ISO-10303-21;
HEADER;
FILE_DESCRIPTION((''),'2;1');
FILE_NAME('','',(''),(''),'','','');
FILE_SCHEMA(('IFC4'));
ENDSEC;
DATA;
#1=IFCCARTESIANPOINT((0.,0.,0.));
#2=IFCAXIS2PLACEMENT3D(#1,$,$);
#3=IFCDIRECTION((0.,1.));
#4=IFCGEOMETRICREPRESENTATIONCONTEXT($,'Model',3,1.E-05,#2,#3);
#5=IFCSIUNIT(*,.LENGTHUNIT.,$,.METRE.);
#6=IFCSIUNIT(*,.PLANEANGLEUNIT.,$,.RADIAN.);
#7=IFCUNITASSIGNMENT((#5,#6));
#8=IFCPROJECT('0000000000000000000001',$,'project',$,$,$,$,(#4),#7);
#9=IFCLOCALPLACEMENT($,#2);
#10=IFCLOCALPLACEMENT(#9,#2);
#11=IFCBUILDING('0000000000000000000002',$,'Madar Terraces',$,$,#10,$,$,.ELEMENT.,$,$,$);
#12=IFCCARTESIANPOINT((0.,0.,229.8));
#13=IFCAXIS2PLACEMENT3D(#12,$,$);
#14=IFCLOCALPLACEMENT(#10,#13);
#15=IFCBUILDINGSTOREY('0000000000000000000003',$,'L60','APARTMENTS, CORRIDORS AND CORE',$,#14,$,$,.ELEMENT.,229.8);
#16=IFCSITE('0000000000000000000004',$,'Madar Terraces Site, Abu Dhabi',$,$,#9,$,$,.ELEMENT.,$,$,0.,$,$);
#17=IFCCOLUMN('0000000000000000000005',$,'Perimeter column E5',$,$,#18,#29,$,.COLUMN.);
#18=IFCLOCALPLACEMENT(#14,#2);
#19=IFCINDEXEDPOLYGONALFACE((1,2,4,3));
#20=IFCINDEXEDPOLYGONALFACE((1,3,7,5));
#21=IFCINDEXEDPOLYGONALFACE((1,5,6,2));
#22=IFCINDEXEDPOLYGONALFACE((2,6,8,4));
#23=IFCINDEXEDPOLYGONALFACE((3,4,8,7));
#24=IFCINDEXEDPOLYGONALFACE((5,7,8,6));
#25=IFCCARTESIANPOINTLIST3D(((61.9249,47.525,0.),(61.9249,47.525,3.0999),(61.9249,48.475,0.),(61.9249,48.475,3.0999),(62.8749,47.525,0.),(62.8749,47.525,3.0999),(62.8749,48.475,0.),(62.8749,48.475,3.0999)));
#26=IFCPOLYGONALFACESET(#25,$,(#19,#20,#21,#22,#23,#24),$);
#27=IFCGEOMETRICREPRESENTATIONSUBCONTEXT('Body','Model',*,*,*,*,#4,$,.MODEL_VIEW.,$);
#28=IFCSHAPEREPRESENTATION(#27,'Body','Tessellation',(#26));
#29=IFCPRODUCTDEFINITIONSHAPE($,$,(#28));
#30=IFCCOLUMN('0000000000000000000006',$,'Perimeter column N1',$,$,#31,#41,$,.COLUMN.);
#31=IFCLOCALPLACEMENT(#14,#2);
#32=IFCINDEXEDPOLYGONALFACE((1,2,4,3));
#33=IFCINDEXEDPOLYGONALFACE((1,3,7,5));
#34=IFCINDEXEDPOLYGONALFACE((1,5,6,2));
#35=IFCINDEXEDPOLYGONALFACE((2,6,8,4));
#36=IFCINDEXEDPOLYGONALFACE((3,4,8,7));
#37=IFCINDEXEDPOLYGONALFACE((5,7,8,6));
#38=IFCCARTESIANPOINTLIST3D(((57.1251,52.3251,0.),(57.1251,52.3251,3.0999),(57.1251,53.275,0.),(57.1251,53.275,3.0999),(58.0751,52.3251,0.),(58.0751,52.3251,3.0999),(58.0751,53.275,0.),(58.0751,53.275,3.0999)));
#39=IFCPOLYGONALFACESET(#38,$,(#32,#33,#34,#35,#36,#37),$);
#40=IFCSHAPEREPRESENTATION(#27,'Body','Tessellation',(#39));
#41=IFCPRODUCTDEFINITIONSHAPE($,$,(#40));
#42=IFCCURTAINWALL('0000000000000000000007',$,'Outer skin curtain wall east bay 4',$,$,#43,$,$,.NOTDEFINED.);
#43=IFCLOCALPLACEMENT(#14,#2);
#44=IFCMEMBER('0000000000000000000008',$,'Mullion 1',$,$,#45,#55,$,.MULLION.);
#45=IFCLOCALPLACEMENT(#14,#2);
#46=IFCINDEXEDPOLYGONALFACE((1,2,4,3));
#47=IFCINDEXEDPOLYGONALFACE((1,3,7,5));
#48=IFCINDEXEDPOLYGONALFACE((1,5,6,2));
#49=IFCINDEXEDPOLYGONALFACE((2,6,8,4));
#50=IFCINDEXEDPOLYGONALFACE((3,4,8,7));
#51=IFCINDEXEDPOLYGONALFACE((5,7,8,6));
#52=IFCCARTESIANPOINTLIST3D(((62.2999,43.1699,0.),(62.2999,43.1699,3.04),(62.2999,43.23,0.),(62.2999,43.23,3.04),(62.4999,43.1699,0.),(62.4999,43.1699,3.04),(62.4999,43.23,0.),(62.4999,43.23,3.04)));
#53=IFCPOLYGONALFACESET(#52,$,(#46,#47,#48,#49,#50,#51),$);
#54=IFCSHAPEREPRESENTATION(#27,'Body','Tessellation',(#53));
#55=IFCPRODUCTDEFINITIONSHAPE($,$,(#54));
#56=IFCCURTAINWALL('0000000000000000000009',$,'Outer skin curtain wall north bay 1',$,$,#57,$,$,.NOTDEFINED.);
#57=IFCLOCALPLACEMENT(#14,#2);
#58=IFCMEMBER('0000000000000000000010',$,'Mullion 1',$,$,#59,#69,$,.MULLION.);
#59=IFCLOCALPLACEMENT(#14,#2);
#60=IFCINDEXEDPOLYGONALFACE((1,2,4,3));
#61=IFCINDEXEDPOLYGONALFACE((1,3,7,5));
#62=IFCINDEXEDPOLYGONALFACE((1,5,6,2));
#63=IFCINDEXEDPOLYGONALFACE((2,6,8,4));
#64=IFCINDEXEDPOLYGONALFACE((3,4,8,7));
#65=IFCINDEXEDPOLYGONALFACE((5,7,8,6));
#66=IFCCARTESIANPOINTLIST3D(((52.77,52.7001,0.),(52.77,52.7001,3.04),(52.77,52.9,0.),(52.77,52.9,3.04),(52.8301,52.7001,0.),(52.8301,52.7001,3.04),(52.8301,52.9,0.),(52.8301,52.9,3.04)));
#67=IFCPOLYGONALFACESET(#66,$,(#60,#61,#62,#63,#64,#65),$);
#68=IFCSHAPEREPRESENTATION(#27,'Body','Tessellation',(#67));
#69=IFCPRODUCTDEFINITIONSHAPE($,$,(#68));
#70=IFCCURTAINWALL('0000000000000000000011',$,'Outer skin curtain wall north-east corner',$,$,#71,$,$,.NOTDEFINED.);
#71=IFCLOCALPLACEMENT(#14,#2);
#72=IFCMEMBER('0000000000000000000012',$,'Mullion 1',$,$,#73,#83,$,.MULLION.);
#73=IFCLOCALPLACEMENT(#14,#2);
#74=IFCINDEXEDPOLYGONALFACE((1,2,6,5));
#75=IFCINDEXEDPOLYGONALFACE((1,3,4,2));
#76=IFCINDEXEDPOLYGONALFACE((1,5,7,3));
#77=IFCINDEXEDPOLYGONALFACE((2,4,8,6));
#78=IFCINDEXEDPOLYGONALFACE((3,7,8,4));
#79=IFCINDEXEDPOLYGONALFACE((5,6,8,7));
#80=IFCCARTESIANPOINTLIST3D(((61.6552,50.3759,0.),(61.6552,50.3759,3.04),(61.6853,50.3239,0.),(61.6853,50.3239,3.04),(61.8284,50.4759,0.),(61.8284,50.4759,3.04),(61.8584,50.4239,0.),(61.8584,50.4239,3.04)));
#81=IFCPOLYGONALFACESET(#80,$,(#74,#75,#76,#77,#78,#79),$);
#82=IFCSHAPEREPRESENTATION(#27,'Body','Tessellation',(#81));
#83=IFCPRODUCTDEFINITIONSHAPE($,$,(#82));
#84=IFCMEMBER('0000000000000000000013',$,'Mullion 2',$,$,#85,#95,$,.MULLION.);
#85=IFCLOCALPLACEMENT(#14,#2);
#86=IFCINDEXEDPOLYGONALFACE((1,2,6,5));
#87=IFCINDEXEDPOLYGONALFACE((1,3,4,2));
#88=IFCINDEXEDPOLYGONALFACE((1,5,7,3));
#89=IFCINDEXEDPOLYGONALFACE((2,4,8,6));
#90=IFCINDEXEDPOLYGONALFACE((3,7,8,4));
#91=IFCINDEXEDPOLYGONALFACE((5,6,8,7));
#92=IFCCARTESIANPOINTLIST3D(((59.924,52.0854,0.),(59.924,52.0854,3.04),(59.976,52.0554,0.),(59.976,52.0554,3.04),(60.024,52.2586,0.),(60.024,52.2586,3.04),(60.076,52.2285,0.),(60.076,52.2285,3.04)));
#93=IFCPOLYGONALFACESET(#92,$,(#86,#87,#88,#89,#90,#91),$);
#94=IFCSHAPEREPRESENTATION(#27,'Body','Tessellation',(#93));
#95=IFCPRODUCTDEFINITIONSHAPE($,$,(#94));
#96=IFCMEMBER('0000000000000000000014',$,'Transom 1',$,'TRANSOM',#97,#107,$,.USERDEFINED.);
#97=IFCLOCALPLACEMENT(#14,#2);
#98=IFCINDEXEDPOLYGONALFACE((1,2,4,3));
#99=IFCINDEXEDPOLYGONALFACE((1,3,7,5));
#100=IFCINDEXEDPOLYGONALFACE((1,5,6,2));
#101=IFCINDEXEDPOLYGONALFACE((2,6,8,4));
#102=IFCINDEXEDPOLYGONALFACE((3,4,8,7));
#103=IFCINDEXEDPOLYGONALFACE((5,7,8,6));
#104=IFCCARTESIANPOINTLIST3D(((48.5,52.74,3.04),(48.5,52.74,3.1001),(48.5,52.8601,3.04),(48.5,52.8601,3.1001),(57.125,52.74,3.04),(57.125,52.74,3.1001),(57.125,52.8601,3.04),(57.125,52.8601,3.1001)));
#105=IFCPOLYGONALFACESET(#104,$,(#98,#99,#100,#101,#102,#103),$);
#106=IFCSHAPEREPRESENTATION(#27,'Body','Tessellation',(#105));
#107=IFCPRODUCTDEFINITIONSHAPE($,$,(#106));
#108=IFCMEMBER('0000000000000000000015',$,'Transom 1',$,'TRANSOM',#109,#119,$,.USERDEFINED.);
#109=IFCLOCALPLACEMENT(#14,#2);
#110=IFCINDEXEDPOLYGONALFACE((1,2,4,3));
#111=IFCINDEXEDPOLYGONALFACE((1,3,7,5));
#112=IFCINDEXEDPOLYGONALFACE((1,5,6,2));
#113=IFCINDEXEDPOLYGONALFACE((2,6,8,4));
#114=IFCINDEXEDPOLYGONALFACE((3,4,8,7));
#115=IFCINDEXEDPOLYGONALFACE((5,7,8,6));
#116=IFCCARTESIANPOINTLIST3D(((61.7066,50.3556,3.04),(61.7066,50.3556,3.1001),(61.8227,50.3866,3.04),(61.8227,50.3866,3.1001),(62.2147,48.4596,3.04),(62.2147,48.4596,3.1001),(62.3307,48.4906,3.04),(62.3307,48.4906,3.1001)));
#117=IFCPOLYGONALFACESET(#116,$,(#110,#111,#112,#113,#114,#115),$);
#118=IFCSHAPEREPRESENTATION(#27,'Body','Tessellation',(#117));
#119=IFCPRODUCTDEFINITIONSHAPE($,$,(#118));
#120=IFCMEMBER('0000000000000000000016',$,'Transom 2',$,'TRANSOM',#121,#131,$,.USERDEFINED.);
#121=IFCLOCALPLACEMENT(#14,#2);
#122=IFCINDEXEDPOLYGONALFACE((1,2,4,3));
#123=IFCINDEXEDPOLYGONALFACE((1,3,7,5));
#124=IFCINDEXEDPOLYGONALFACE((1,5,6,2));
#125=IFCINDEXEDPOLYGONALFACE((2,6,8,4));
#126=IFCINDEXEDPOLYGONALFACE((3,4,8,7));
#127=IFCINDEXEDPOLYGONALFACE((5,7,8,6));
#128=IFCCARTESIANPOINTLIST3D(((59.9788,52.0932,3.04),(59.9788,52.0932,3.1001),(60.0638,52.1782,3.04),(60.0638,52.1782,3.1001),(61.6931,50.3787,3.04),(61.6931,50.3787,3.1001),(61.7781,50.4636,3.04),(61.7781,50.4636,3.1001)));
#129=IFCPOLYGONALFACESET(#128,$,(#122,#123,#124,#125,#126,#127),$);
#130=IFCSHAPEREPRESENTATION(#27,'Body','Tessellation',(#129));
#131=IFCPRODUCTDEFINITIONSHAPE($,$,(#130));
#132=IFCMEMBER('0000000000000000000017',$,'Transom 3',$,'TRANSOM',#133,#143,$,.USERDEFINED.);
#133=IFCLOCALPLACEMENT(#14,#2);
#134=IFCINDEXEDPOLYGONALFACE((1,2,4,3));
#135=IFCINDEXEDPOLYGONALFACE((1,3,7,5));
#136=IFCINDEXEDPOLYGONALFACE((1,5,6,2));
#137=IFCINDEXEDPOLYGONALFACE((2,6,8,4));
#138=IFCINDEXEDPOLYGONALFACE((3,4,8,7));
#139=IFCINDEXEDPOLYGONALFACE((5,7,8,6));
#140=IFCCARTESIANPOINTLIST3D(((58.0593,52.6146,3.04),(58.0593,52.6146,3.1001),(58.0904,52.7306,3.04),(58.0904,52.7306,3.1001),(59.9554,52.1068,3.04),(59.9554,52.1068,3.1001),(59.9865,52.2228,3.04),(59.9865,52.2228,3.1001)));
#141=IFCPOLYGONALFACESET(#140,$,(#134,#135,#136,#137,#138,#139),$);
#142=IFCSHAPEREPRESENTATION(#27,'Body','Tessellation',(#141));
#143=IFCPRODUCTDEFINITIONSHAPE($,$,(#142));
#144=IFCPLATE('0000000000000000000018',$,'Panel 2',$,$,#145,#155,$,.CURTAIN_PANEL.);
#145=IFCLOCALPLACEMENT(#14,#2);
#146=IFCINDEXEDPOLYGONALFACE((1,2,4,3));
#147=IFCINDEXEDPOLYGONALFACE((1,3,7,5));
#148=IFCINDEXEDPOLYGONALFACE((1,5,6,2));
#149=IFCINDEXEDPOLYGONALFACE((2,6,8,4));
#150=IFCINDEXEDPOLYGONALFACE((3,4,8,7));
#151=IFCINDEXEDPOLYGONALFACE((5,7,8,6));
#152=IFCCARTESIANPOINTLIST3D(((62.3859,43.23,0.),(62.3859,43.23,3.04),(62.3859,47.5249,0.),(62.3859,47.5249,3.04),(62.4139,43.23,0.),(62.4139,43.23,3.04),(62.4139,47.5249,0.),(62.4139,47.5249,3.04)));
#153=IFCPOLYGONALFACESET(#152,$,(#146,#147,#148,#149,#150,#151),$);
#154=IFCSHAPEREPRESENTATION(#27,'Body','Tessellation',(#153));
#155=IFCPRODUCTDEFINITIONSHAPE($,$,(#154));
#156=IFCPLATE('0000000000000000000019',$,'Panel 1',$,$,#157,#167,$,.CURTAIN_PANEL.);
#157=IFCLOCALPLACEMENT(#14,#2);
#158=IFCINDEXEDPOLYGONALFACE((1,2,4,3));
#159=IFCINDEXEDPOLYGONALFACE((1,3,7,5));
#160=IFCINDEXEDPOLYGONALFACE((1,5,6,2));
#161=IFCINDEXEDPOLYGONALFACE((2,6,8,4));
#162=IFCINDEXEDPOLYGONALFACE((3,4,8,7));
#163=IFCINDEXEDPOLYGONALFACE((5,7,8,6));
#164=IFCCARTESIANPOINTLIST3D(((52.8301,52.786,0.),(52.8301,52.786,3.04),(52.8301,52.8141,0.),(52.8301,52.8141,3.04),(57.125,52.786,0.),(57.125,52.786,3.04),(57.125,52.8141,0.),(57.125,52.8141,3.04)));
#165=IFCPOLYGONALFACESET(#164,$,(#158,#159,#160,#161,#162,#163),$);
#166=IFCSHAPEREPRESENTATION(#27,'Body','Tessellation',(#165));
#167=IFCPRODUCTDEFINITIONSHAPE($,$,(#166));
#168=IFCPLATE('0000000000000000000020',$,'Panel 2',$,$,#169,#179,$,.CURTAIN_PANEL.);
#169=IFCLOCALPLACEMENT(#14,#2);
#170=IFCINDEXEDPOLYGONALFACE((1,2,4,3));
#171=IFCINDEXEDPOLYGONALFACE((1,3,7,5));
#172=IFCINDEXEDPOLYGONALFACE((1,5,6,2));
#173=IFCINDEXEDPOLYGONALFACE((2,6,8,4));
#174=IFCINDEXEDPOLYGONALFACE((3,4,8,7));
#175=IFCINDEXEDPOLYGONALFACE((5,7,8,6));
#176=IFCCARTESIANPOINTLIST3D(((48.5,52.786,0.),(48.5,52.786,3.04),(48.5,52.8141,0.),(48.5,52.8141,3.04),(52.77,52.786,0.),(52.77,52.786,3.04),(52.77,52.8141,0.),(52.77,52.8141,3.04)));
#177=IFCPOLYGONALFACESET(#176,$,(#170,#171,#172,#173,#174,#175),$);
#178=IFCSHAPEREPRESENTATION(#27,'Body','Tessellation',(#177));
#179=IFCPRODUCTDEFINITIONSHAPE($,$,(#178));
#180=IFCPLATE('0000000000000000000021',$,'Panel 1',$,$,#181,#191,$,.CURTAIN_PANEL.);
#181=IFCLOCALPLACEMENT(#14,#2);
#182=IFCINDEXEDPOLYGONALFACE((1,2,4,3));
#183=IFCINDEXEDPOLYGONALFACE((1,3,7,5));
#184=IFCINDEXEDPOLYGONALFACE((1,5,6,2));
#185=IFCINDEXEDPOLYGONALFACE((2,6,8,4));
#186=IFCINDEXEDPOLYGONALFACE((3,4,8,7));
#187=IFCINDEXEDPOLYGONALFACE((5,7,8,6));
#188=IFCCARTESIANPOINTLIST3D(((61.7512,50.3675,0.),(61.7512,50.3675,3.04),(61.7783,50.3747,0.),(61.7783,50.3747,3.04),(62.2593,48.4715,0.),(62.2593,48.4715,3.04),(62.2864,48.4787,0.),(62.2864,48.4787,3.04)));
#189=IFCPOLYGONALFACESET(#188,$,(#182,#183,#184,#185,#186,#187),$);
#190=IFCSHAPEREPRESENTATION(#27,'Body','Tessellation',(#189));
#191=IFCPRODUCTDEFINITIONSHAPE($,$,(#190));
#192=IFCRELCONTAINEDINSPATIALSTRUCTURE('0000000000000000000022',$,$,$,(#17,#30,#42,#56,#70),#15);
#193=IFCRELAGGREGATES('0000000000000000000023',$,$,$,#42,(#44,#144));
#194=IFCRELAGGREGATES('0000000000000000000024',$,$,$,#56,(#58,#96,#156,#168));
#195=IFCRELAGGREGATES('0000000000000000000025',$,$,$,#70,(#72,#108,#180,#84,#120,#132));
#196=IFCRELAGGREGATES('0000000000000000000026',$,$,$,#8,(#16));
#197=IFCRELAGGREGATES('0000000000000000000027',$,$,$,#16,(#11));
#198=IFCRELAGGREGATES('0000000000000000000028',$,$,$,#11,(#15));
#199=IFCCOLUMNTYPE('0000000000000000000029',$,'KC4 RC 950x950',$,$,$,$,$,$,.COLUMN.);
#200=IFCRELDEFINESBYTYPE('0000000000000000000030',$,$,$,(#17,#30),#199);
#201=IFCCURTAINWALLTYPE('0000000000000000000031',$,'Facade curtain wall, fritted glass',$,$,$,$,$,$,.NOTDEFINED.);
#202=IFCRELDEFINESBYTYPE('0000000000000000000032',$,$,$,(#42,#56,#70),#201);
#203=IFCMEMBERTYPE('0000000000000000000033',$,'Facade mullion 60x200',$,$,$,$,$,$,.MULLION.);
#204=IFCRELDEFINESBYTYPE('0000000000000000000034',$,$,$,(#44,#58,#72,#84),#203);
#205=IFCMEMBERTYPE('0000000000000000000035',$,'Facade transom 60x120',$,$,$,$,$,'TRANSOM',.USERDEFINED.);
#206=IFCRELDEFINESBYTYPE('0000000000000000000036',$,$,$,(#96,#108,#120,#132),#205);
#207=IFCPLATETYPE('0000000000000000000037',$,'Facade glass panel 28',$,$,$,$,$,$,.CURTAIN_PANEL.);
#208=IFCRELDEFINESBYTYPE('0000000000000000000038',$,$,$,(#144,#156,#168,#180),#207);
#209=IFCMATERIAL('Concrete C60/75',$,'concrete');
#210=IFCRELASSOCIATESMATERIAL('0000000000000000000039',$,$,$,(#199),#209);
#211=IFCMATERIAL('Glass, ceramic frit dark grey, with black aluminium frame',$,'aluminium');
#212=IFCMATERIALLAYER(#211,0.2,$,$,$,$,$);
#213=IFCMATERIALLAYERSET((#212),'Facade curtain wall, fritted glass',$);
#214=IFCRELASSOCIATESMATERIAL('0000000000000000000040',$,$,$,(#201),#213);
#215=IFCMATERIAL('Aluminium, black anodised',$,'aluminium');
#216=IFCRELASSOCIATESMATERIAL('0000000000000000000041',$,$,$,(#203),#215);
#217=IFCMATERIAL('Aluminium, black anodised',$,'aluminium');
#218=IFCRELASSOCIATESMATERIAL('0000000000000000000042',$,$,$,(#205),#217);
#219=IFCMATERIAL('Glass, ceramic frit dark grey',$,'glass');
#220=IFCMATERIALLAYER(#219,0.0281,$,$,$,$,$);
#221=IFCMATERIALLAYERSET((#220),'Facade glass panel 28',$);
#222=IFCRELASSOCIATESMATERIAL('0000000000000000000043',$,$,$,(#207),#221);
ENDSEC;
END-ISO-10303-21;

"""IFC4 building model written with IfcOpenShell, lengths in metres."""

from ifc_helpers import new_model, si_unit, direction, frame, origin, origin_2d, place, context, subcontext, project, spatial, rectangle, extrude, material, layer, layer_set, material_profile, profile_set, type_object, element, aggregate, save


model = new_model("IFC4")

# Units and contexts
model_context = context("Model", 3, precision=1e-05, world=origin(), true_north=direction((0.0, 1.0)))
body_context = subcontext(model_context, "Body", "Model", "MODEL_VIEW")
ifc_project = project(units=[si_unit("LENGTHUNIT", "METRE"), si_unit("PLANEANGLEUNIT", "RADIAN")], contexts=[model_context])

# Site, building, storey
site_placement = place(None, origin())
site = spatial("IfcSite", under=ifc_project, at=site_placement, Name="Madar Terraces Site, Abu Dhabi", CompositionType="ELEMENT", RefElevation=0.0)
building_placement = place(site_placement, origin())
building = spatial("IfcBuilding", under=site, at=building_placement, Name="Madar Terraces", CompositionType="ELEMENT")
storey_placement = place(building_placement, frame((0.0, 0.0, 229.8)))
storey = spatial("IfcBuildingStorey", under=building, at=storey_placement, Name="L60", Description="APARTMENTS, CORRIDORS AND CORE", CompositionType="ELEMENT", Elevation=229.8)

# Columns
ifc_material_1 = material(Name="Concrete C60/75", Category="concrete")
ifc_material_profile_1 = material_profile(ifc_material_1, rectangle(XDim=0.95, YDim=0.95, at=origin_2d()), Name="KC4 RC 950x950")
ifc_profile_set_1 = profile_set([ifc_material_profile_1], Name="Concrete C60/75")
column_type = type_object("IfcColumnType", Name="KC4 RC 950x950", PredefinedType="COLUMN", material=ifc_profile_set_1)
for number, where, z_axis, x_axis, name in (
    (1, (62.3999, 48.0, 0.0), (0.0, 0.0, 1.0), (1.0, 0.0, 0.0), "Perimeter column E5"),
    (2, (57.6001, 52.8, 0.0), (0.0, 0.0, 1.0), (1.0, 0.0, 0.0), "Perimeter column N1"),
):
    element("IfcColumn", number, at=place(storey_placement, frame(where, z_axis=z_axis, x_axis=x_axis)), inside=storey, type_object=column_type, Name=name, PredefinedType="COLUMN", context=body_context, shape_type="SweptSolid", body=[
        extrude(rectangle(XDim=0.95, YDim=0.95, at=origin_2d()), origin(), (0.0, 0.0, 1.0), 3.0999),
    ])

# Curtain walls, members
ifc_material_2 = material(Name="Glass, ceramic frit dark grey, with black aluminium frame", Category="aluminium")
ifc_layer_1 = layer(ifc_material_2, 0.2)
ifc_layer_set_1 = layer_set([ifc_layer_1], Name="Facade curtain wall, fritted glass")
curtain_wall_type = type_object("IfcCurtainWallType", Name="Facade curtain wall, fritted glass", PredefinedType="NOTDEFINED", material=ifc_layer_set_1)
curtain_wall_1_placement = place(storey_placement, origin())
curtain_wall_1 = element("IfcCurtainWall", 3, at=curtain_wall_1_placement, inside=storey, type_object=curtain_wall_type, Name="Outer skin curtain wall east bay 4", PredefinedType="NOTDEFINED")
ifc_material_3 = material(Name="Aluminium, black anodised", Category="aluminium")
ifc_material_profile_2 = material_profile(ifc_material_3, rectangle(XDim=0.2, YDim=0.0601, at=origin_2d()), Name="Facade mullion 60x200")
ifc_profile_set_2 = profile_set([ifc_material_profile_2], Name="Aluminium, black anodised")
member_type_1 = type_object("IfcMemberType", Name="Facade mullion 60x200", PredefinedType="MULLION", material=ifc_profile_set_2)
member_1_placement = place(storey_placement, frame((62.3999, 43.2, 0.0), z_axis=(0.0, 0.0, 1.0), x_axis=(-1.0, 0.0, 0.0)))
member_1 = element("IfcMember", 4, at=member_1_placement, type_object=member_type_1, Name="Mullion 1", PredefinedType="MULLION", context=body_context, shape_type="SweptSolid", body=[
    extrude(rectangle(XDim=0.2, YDim=0.0601, at=origin_2d()), origin(), (0.0, 0.0, 1.0), 3.04),
])
curtain_wall_2_placement = place(storey_placement, origin())
curtain_wall_2 = element("IfcCurtainWall", 5, at=curtain_wall_2_placement, inside=storey, type_object=curtain_wall_type, Name="Outer skin curtain wall north bay 1", PredefinedType="NOTDEFINED")
member_2_placement = place(storey_placement, frame((52.8, 52.8, 0.0), z_axis=(0.0, 0.0, 1.0), x_axis=(0.0, -1.0, 0.0)))
member_2 = element("IfcMember", 6, at=member_2_placement, type_object=member_type_1, Name="Mullion 1", PredefinedType="MULLION", context=body_context, shape_type="SweptSolid", body=[
    extrude(rectangle(XDim=0.2, YDim=0.0601, at=origin_2d()), origin(), (0.0, 0.0, 1.0), 3.04),
])

# Curtain wall, members
curtain_wall_3_placement = place(storey_placement, origin())
curtain_wall_3 = element("IfcCurtainWall", 7, at=curtain_wall_3_placement, inside=storey, type_object=curtain_wall_type, Name="Outer skin curtain wall north-east corner", PredefinedType="NOTDEFINED")
member_3_placement = place(storey_placement, frame((61.7568, 50.3999, 0.0), z_axis=(0.0, 0.0, 1.0), x_axis=(-0.866025, -0.5, 0.0)))
member_3 = element("IfcMember", 8, at=member_3_placement, type_object=member_type_1, Name="Mullion 1", PredefinedType="MULLION", context=body_context, shape_type="SweptSolid", body=[
    extrude(rectangle(XDim=0.2, YDim=0.0601, at=origin_2d()), origin(), (0.0, 0.0, 1.0), 3.04),
])
member_4_placement = place(storey_placement, frame((60.0, 52.157, 0.0), z_axis=(0.0, 0.0, 1.0), x_axis=(-0.5, -0.866025, 0.0)))
member_4 = element("IfcMember", 9, at=member_4_placement, type_object=member_type_1, Name="Mullion 2", PredefinedType="MULLION", context=body_context, shape_type="SweptSolid", body=[
    extrude(rectangle(XDim=0.2, YDim=0.0601, at=origin_2d()), origin(), (0.0, 0.0, 1.0), 3.04),
])

# Members
ifc_material_4 = material(Name="Aluminium, black anodised", Category="aluminium")
ifc_material_profile_3 = material_profile(ifc_material_4, rectangle(XDim=0.1201, YDim=0.0601, at=origin_2d()), Name="Facade transom 60x120")
ifc_profile_set_3 = profile_set([ifc_material_profile_3], Name="Aluminium, black anodised")
member_type_2 = type_object("IfcMemberType", Name="Facade transom 60x120", ElementType="TRANSOM", PredefinedType="USERDEFINED", material=ifc_profile_set_3)
member_5_placement = place(storey_placement, frame((57.125, 52.8, 3.0701), z_axis=(-1.0, 0.0, 0.0), x_axis=(0.0, -1.0, 0.0)))
member_5 = element("IfcMember", 10, at=member_5_placement, type_object=member_type_2, Name="Transom 1", ObjectType="TRANSOM", PredefinedType="USERDEFINED", context=body_context, shape_type="SweptSolid", body=[
    extrude(rectangle(XDim=0.1201, YDim=0.0601, at=origin_2d()), origin(), (0.0, 0.0, 1.0), 8.625),
])
member_6_placement = place(storey_placement, frame((62.2727, 48.4751, 3.0701), z_axis=(-0.258831, 0.965923, 0.0), x_axis=(-0.965923, -0.258831, 0.0)))
member_6 = element("IfcMember", 11, at=member_6_placement, type_object=member_type_2, Name="Transom 1", ObjectType="TRANSOM", PredefinedType="USERDEFINED", context=body_context, shape_type="SweptSolid", body=[
    extrude(rectangle(XDim=0.1201, YDim=0.0601, at=origin_2d()), origin(), (0.0, 0.0, 1.0), 1.9629),
])
member_7_placement = place(storey_placement, frame((61.7356, 50.4211, 3.0701), z_axis=(-0.707056, 0.707157, 0.0), x_axis=(-0.707157, -0.707056, 0.0)))
member_7 = element("IfcMember", 12, at=member_7_placement, type_object=member_type_2, Name="Transom 2", ObjectType="TRANSOM", PredefinedType="USERDEFINED", context=body_context, shape_type="SweptSolid", body=[
    extrude(rectangle(XDim=0.1201, YDim=0.0601, at=origin_2d()), origin(), (0.0, 0.0, 1.0), 2.4246),
])
member_8_placement = place(storey_placement, frame((59.9709, 52.1648, 3.0701), z_axis=(-0.965954, 0.258715, 0.0), x_axis=(-0.258715, -0.965954, 0.0)))
member_8 = element("IfcMember", 13, at=member_8_placement, type_object=member_type_2, Name="Transom 3", ObjectType="TRANSOM", PredefinedType="USERDEFINED", context=body_context, shape_type="SweptSolid", body=[
    extrude(rectangle(XDim=0.1201, YDim=0.0601, at=origin_2d()), origin(), (0.0, 0.0, 1.0), 1.9629),
])

# Plates
ifc_material_5 = material(Name="Glass, ceramic frit dark grey", Category="glass")
ifc_layer_2 = layer(ifc_material_5, 0.0281)
ifc_layer_set_2 = layer_set([ifc_layer_2], Name="Facade glass panel 28")
plate_type = type_object("IfcPlateType", Name="Facade glass panel 28", PredefinedType="CURTAIN_PANEL", material=ifc_layer_set_2)
plate_1_placement = place(storey_placement, frame((62.3999, 45.3774, 0.0), z_axis=(0.0, 0.0, 1.0), x_axis=(0.0, 1.0, 0.0)))
plate_1 = element("IfcPlate", 14, at=plate_1_placement, type_object=plate_type, Name="Panel 2", PredefinedType="CURTAIN_PANEL", context=body_context, shape_type="SweptSolid", body=[
    extrude(rectangle(XDim=4.2949, YDim=0.0281, at=origin_2d()), origin(), (0.0, 0.0, 1.0), 3.04),
])
aggregate(curtain_wall_1, [member_1, plate_1])
plate_2_placement = place(storey_placement, frame((54.9775, 52.8, 0.0), z_axis=(0.0, 0.0, 1.0), x_axis=(-1.0, 0.0, 0.0)))
plate_2 = element("IfcPlate", 15, at=plate_2_placement, type_object=plate_type, Name="Panel 1", PredefinedType="CURTAIN_PANEL", context=body_context, shape_type="SweptSolid", body=[
    extrude(rectangle(XDim=4.2949, YDim=0.0281, at=origin_2d()), origin(), (0.0, 0.0, 1.0), 3.04),
])
plate_3_placement = place(storey_placement, frame((50.635, 52.8, 0.0), z_axis=(0.0, 0.0, 1.0), x_axis=(-1.0, 0.0, 0.0)))
plate_3 = element("IfcPlate", 16, at=plate_3_placement, type_object=plate_type, Name="Panel 2", PredefinedType="CURTAIN_PANEL", context=body_context, shape_type="SweptSolid", body=[
    extrude(rectangle(XDim=4.27, YDim=0.0281, at=origin_2d()), origin(), (0.0, 0.0, 1.0), 3.04),
])
aggregate(curtain_wall_2, [member_2, member_5, plate_2, plate_3])
plate_4_placement = place(storey_placement, frame((62.0188, 49.4231, 0.0), z_axis=(0.0, 0.0, 1.0), x_axis=(-0.258819, 0.965926, 0.0)))
plate_4 = element("IfcPlate", 17, at=plate_4_placement, type_object=plate_type, Name="Panel 1", PredefinedType="CURTAIN_PANEL", context=body_context, shape_type="SweptSolid", body=[
    extrude(rectangle(XDim=1.9629, YDim=0.0281, at=origin_2d()), origin(), (0.0, 0.0, 1.0), 3.04),
])
aggregate(curtain_wall_3, [member_3, member_6, plate_4, member_4, member_7, member_8])

save(model, "model.ifc")
